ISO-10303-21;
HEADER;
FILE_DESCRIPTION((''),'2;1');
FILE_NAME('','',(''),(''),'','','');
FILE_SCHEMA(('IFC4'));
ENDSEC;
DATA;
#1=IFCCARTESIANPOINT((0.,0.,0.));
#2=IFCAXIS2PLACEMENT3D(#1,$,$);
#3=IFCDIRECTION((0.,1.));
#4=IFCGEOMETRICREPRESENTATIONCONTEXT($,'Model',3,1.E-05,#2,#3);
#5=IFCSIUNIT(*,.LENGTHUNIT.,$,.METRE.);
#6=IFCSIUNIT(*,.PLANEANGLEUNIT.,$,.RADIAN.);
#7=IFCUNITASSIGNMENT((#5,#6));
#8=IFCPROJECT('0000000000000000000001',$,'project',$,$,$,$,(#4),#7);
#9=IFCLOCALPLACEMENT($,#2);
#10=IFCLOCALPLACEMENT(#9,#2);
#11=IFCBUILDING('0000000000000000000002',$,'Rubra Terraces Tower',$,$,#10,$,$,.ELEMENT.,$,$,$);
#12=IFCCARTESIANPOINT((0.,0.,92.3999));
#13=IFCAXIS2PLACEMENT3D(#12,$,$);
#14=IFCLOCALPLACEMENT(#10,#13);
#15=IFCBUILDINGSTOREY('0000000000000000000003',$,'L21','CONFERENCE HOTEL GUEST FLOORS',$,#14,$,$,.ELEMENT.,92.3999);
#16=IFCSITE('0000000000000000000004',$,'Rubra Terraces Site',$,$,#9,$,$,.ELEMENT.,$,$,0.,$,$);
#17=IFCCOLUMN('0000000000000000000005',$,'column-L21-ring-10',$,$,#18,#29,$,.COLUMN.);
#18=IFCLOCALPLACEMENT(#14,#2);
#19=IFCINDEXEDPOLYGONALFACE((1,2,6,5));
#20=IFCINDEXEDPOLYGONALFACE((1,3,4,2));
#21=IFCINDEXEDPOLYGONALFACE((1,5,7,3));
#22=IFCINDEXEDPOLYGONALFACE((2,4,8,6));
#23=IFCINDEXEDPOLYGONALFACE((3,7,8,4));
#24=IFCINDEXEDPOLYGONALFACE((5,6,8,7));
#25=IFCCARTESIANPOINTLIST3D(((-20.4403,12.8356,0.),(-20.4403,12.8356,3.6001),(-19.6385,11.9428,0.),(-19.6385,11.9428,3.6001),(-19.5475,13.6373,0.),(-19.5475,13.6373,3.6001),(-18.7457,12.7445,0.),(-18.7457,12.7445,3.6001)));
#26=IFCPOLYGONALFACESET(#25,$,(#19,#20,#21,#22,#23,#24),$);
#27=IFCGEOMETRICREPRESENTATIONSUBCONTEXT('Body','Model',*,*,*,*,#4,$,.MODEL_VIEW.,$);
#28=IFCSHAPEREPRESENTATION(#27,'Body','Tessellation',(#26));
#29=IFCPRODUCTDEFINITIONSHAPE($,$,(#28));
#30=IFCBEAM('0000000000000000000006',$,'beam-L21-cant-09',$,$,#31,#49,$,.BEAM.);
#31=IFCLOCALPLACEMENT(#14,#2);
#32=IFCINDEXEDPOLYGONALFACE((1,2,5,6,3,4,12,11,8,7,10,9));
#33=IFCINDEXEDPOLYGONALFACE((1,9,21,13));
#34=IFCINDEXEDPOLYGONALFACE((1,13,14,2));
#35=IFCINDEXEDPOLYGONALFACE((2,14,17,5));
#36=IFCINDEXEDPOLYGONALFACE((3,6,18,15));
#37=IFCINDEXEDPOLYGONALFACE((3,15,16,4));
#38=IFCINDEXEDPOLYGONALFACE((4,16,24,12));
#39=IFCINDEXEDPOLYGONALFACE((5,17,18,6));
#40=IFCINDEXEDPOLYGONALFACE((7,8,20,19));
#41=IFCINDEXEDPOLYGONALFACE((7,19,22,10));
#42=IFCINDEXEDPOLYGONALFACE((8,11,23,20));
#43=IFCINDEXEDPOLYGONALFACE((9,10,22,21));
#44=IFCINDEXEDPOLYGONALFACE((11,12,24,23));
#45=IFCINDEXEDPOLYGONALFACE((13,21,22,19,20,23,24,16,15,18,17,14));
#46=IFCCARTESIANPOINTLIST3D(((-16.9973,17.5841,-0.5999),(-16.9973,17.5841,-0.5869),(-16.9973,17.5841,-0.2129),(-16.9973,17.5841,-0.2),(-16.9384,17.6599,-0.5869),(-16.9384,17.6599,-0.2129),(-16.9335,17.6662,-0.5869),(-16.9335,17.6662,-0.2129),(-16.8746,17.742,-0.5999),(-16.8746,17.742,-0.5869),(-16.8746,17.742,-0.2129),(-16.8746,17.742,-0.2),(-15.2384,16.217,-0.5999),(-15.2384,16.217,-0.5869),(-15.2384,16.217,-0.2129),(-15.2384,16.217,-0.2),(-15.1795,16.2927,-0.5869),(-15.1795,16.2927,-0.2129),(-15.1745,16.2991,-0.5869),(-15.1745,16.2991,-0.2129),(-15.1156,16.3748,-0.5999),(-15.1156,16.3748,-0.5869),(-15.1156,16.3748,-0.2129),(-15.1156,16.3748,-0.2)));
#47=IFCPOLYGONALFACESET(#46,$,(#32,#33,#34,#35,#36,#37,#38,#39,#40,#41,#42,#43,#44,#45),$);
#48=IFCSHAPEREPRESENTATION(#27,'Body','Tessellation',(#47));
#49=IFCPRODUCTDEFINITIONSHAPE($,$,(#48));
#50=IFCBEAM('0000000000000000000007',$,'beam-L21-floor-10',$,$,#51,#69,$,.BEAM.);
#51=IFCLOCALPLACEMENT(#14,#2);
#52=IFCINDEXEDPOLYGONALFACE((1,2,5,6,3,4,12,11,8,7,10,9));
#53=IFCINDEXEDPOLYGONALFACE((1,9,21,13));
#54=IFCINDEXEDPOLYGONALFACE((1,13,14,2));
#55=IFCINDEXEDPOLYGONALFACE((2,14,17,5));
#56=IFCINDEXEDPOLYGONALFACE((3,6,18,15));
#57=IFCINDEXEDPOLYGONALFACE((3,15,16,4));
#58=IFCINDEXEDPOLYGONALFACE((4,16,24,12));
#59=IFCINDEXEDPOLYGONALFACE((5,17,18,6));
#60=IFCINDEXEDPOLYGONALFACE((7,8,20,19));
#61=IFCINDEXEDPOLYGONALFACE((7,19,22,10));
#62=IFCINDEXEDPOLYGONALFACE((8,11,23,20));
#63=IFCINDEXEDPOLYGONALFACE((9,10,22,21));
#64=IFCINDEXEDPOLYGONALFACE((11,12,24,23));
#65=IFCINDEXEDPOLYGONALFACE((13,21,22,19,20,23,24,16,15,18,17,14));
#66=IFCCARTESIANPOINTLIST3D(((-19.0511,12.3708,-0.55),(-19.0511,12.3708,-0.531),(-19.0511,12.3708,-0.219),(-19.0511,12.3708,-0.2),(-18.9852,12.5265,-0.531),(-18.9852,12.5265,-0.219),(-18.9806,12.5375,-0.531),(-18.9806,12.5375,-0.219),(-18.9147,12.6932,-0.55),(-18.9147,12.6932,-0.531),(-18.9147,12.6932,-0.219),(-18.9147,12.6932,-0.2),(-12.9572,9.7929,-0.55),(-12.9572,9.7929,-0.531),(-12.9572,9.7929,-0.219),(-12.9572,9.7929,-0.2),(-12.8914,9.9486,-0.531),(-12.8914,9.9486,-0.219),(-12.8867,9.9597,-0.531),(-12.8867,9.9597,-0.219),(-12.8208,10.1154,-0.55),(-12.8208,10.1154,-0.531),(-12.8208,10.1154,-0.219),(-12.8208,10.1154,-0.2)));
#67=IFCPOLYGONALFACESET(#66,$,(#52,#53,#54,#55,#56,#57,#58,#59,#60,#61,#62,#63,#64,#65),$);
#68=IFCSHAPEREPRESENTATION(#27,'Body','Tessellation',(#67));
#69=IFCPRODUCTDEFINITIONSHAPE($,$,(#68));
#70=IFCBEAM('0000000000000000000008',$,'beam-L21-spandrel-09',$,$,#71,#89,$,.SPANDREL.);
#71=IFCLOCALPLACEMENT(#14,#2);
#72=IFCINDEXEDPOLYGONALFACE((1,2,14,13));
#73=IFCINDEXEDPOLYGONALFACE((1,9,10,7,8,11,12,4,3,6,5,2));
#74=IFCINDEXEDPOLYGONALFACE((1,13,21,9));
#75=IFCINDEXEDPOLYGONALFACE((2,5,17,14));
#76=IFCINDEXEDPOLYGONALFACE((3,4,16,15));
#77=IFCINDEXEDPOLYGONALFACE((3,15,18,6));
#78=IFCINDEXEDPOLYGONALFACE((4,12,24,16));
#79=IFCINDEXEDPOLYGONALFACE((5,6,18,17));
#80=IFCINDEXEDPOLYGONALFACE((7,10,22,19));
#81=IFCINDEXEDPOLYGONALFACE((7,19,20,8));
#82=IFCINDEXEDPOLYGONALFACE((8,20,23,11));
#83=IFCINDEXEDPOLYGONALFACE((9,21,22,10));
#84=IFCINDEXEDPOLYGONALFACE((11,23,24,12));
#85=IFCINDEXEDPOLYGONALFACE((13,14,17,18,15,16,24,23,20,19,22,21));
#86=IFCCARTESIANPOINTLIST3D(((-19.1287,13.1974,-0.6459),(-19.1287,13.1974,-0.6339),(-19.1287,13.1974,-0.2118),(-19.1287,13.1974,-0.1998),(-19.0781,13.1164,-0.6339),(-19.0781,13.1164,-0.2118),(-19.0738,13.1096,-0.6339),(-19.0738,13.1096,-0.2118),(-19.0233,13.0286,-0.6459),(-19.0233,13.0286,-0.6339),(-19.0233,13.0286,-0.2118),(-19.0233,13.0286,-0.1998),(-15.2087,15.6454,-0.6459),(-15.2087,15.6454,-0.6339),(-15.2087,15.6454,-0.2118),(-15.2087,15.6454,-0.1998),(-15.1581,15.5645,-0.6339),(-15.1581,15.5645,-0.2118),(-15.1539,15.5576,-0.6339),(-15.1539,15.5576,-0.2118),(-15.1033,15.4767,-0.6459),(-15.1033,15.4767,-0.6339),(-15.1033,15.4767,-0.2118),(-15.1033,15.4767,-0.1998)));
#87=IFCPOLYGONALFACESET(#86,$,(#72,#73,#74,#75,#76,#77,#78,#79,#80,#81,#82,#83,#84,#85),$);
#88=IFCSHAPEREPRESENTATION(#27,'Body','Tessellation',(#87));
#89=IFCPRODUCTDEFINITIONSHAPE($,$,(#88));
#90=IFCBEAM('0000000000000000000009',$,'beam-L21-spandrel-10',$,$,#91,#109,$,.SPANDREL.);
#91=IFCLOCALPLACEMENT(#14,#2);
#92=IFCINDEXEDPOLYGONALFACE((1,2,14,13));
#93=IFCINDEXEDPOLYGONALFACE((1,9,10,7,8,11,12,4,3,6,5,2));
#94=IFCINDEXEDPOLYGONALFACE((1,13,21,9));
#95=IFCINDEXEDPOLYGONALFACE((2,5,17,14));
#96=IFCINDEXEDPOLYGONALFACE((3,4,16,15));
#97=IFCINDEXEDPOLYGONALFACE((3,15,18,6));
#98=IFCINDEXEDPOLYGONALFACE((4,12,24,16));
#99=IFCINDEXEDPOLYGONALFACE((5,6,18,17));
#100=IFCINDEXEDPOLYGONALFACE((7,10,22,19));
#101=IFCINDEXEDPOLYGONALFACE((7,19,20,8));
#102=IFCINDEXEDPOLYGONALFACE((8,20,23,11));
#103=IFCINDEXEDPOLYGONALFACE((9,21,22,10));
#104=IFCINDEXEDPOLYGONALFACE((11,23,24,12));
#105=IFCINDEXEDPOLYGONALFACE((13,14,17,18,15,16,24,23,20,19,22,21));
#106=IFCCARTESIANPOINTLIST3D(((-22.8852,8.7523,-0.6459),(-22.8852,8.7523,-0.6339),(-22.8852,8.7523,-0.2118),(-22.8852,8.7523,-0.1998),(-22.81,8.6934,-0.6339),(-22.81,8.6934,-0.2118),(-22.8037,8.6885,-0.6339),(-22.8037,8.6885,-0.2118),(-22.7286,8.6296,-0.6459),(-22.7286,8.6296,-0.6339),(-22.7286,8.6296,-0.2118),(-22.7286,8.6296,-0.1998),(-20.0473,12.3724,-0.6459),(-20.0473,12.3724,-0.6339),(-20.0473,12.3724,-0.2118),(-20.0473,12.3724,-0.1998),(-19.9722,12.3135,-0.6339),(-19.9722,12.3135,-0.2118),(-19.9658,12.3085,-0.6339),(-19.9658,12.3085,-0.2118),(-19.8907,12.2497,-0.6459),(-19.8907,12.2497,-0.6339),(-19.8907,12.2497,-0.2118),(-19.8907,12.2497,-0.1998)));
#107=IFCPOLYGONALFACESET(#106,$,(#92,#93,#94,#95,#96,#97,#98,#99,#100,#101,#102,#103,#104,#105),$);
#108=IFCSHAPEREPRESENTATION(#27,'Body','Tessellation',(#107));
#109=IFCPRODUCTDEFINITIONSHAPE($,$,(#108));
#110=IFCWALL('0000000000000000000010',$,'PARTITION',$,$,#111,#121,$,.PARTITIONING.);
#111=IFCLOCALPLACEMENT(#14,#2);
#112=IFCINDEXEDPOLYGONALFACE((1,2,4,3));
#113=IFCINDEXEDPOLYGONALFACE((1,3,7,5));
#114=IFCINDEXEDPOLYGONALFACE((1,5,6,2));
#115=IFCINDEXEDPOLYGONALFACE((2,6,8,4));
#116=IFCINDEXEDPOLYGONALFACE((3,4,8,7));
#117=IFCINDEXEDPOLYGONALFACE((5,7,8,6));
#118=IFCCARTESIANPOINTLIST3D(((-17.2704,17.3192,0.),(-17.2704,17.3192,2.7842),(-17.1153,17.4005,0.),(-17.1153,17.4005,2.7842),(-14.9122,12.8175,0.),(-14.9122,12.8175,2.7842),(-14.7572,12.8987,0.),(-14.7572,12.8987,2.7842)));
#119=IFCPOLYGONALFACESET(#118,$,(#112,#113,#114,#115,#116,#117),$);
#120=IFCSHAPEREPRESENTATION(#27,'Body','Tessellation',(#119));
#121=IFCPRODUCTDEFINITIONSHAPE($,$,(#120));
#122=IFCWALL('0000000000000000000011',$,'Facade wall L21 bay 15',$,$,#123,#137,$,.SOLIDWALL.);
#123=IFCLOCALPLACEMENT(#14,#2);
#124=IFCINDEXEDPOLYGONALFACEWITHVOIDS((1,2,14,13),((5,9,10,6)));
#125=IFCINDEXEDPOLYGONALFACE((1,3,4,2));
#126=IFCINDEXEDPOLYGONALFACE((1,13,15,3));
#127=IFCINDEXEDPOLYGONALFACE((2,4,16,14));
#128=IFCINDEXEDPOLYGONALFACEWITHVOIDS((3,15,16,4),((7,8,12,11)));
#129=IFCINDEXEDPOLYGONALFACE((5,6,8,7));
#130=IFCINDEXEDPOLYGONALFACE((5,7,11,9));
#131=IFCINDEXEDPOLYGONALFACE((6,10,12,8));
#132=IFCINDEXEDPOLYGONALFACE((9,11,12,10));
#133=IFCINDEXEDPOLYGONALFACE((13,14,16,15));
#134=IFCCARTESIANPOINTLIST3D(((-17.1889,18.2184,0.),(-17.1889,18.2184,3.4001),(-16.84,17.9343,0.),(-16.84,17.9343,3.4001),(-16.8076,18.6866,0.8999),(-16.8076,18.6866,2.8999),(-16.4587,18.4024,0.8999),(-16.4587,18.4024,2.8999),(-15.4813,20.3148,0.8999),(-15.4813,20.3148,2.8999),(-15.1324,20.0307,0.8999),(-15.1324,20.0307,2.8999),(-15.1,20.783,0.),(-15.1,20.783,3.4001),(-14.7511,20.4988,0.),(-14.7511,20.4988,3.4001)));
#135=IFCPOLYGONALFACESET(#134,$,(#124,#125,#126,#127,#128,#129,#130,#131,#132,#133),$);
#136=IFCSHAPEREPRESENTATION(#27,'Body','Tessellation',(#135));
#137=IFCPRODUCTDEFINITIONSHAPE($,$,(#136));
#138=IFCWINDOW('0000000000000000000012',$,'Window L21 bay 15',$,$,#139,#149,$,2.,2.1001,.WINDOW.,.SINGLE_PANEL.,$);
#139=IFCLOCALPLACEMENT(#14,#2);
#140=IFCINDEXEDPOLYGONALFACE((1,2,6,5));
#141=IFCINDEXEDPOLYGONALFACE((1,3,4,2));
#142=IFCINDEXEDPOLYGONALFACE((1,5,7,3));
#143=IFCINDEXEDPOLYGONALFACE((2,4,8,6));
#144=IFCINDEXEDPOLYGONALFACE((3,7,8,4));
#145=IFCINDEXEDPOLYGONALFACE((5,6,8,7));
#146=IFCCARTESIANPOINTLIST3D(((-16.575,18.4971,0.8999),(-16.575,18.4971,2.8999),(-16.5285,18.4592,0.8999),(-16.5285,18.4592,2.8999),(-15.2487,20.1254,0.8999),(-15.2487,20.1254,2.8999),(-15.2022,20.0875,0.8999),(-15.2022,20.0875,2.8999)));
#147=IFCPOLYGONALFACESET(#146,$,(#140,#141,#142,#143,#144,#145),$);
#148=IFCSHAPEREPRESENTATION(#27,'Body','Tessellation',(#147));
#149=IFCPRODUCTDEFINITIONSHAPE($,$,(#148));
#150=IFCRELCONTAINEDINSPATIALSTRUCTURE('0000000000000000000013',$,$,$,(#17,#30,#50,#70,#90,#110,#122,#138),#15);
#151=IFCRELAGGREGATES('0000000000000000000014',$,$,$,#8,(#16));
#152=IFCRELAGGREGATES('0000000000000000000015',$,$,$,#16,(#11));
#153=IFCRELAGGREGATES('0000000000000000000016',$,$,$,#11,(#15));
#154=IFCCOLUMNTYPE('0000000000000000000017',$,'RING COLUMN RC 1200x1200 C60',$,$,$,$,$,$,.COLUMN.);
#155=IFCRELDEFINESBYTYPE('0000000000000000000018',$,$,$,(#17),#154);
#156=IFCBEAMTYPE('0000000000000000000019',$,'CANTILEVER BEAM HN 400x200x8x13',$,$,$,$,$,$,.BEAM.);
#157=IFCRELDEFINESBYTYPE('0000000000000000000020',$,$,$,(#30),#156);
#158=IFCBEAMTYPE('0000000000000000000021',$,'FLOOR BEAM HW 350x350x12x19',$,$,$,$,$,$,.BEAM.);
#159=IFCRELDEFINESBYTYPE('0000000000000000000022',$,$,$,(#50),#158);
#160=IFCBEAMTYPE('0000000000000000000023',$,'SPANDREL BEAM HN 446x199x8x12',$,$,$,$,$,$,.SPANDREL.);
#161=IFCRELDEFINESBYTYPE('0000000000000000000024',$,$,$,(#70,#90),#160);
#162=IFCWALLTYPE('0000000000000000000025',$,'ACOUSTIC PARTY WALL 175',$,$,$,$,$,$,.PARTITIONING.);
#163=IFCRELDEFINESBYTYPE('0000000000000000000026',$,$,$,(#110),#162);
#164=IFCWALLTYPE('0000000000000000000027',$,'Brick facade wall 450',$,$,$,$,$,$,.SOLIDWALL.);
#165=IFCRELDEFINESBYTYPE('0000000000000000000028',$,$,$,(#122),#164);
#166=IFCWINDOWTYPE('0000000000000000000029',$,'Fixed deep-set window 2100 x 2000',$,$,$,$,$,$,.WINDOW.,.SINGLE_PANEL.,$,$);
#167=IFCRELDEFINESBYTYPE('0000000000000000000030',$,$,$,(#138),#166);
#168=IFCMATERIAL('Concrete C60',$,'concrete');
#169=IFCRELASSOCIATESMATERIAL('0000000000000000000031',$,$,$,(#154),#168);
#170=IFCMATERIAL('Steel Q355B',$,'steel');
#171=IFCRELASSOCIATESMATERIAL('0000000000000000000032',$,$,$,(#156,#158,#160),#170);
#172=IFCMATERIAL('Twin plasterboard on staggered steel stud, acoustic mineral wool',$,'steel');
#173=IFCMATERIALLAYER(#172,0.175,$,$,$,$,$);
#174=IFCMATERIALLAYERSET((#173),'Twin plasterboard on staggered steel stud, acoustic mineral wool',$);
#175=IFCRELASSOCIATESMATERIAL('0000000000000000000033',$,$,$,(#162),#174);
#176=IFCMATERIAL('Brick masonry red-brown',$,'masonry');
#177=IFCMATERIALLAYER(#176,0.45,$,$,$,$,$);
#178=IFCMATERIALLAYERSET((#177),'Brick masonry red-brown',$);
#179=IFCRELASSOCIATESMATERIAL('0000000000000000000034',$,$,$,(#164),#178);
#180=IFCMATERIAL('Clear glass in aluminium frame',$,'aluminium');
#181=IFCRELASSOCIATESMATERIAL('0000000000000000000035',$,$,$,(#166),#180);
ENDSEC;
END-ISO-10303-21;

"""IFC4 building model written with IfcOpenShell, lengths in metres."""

from ifc_helpers import new_model, si_unit, direction, frame, frame_2d, origin, origin_2d, place, context, subcontext, project, spatial, rectangle, i_section, extrude, material, layer, layer_set, material_profile, profile_set, type_object, element, fill, save


model = new_model("IFC4")

# Units and contexts
model_context = context("Model", 3, precision=1e-05, world=origin(), true_north=direction((0.0, 1.0)))
body_context = subcontext(model_context, "Body", "Model", "MODEL_VIEW")
ifc_project = project(units=[si_unit("LENGTHUNIT", "METRE"), si_unit("PLANEANGLEUNIT", "RADIAN")], contexts=[model_context])

# Site, building, storey
site_placement = place(None, origin())
site = spatial("IfcSite", under=ifc_project, at=site_placement, Name="Rubra Terraces Site", CompositionType="ELEMENT", RefElevation=0.0)
building_placement = place(site_placement, origin())
building = spatial("IfcBuilding", under=site, at=building_placement, Name="Rubra Terraces Tower", CompositionType="ELEMENT")
storey_placement = place(building_placement, frame((0.0, 0.0, 92.3999)))
storey = spatial("IfcBuildingStorey", under=building, at=storey_placement, Name="L21", Description="CONFERENCE HOTEL GUEST FLOORS", CompositionType="ELEMENT", Elevation=92.3999)

# Column
ifc_material_1 = material(Name="Concrete C60", Category="concrete")
ifc_material_profile_1 = material_profile(ifc_material_1, rectangle(XDim=1.2, YDim=1.2, at=origin_2d()), Name="RC 1200x1200")
ifc_profile_set_1 = profile_set([ifc_material_profile_1], Name="Concrete C60")
column_type = type_object("IfcColumnType", Name="RING COLUMN RC 1200x1200 C60", PredefinedType="COLUMN", material=ifc_profile_set_1)
column_placement = place(storey_placement, frame((-19.593, 12.79, 0.0), z_axis=(0.0, 0.0, 1.0), x_axis=(-0.744021, -0.668156, 0.0)))
element("IfcColumn", 1, at=column_placement, inside=storey, type_object=column_type, Name="column-L21-ring-10", PredefinedType="COLUMN", context=body_context, shape_type="SweptSolid", body=[
    extrude(rectangle(XDim=1.2, YDim=1.2, at=origin_2d()), origin(), (0.0, 0.0, 1.0), 3.6001),
])

# Beams
ifc_material_2 = material(Name="Steel Q355B", Category="steel")
ifc_material_profile_2 = material_profile(ifc_material_2, i_section(OverallWidth=0.2, OverallDepth=0.3999, WebThickness=0.0081, FlangeThickness=0.0129, at=origin_2d()), Name="HN 400x200x8x13")
ifc_profile_set_2 = profile_set([ifc_material_profile_2], Name="Steel Q355B")
beam_type_1 = type_object("IfcBeamType", Name="CANTILEVER BEAM HN 400x200x8x13", PredefinedType="BEAM", material=ifc_profile_set_2)
beam_1_placement = place(storey_placement, frame((-15.177, 16.2959, -0.3999), z_axis=(-0.789559, 0.613675, 0.0), x_axis=(-0.613675, -0.789559, 0.0)))
element("IfcBeam", 2, at=beam_1_placement, inside=storey, type_object=beam_type_1, Name="beam-L21-cant-09", PredefinedType="BEAM", context=body_context, shape_type="SweptSolid", body=[
    extrude(i_section(OverallWidth=0.2, OverallDepth=0.3999, WebThickness=0.0081, FlangeThickness=0.0129, at=origin_2d()), origin(), (0.0, 0.0, 1.0), 2.2278),
])
ifc_material_profile_3 = material_profile(ifc_material_2, i_section(OverallWidth=0.3501, OverallDepth=0.3501, WebThickness=0.012, FlangeThickness=0.019, at=origin_2d()), Name="HW 350x350x12x19")
ifc_profile_set_3 = profile_set([ifc_material_profile_3], Name="Steel Q355B")
beam_type_2 = type_object("IfcBeamType", Name="FLOOR BEAM HW 350x350x12x19", PredefinedType="BEAM", material=ifc_profile_set_3)
beam_2_placement = place(storey_placement, frame((-18.9829, 12.532, -0.375), z_axis=(0.920986, -0.389595, 0.0), x_axis=(0.389595, 0.920986, 0.0)))
element("IfcBeam", 3, at=beam_2_placement, inside=storey, type_object=beam_type_2, Name="beam-L21-floor-10", PredefinedType="BEAM", context=body_context, shape_type="SweptSolid", body=[
    extrude(i_section(OverallWidth=0.3501, OverallDepth=0.3501, WebThickness=0.012, FlangeThickness=0.019, at=origin_2d()), origin(), (0.0, 0.0, 1.0), 6.6167),
])
ifc_material_profile_4 = material_profile(ifc_material_2, i_section(OverallWidth=0.199, OverallDepth=0.446, WebThickness=0.0081, FlangeThickness=0.012, at=origin_2d()), Name="HN 446x199x8x12")
ifc_profile_set_4 = profile_set([ifc_material_profile_4], Name="Steel Q355B")
beam_type_3 = type_object("IfcBeamType", Name="SPANDREL BEAM HN 446x199x8x12", PredefinedType="SPANDREL", material=ifc_profile_set_4)
beam_3_placement = place(storey_placement, frame((-15.156, 15.561, -0.4229), z_axis=(-0.848188, -0.529695, 0.0), x_axis=(0.529695, -0.848188, 0.0)))
element("IfcBeam", 4, at=beam_3_placement, inside=storey, type_object=beam_type_3, Name="beam-L21-spandrel-09", PredefinedType="SPANDREL", context=body_context, shape_type="SweptSolid", body=[
    extrude(i_section(OverallWidth=0.199, OverallDepth=0.446, WebThickness=0.0081, FlangeThickness=0.012, at=origin_2d()), origin(), (0.0, 0.0, 1.0), 4.6216),
])
beam_4_placement = place(storey_placement, frame((-19.969, 12.311, -0.4229), z_axis=(-0.616949, -0.787003, 0.0), x_axis=(0.787003, -0.616949, 0.0)))
element("IfcBeam", 5, at=beam_4_placement, inside=storey, type_object=beam_type_3, Name="beam-L21-spandrel-10", PredefinedType="SPANDREL", context=body_context, shape_type="SweptSolid", body=[
    extrude(i_section(OverallWidth=0.199, OverallDepth=0.446, WebThickness=0.0081, FlangeThickness=0.012, at=origin_2d()), origin(), (0.0, 0.0, 1.0), 4.5999),
])

# Wall
ifc_material_3 = material(Name="Twin plasterboard on staggered steel stud, acoustic mineral wool", Category="steel")
ifc_layer_1 = layer(ifc_material_3, 0.175)
ifc_layer_set_1 = layer_set([ifc_layer_1], Name="Twin plasterboard on staggered steel stud, acoustic mineral wool")
wall_type_1 = type_object("IfcWallType", Name="ACOUSTIC PARTY WALL 175", PredefinedType="PARTITIONING", material=ifc_layer_set_1)
wall_1_placement = place(storey_placement, frame((-17.1929, 17.3599, 0.0), z_axis=(0.0, 0.0, 1.0), x_axis=(0.464025, -0.885822, 0.0)))
element("IfcWall", 6, at=wall_1_placement, inside=storey, type_object=wall_type_1, Name="PARTITION", PredefinedType="PARTITIONING", context=body_context, shape_type="SweptSolid", body=[
    extrude(rectangle(XDim=5.082, YDim=0.175, at=frame_2d((2.541, 0.0))), origin(), (0.0, 0.0, 1.0), 2.7842),
])

# Wall, opening, window
ifc_material_4 = material(Name="Brick masonry red-brown", Category="masonry")
ifc_layer_2 = layer(ifc_material_4, 0.45)
ifc_layer_set_2 = layer_set([ifc_layer_2], Name="Brick masonry red-brown")
wall_type_2 = type_object("IfcWallType", Name="Brick facade wall 450", PredefinedType="SOLIDWALL", material=ifc_layer_set_2)
wall_2_placement = place(storey_placement, frame((-14.9255, 20.6409, 0.0), z_axis=(0.0, 0.0, 1.0), x_axis=(-0.631548, -0.775337, 0.0)))
wall_2 = element("IfcWall", 7, at=wall_2_placement, inside=storey, type_object=wall_type_2, Name="Facade wall L21 bay 15", PredefinedType="SOLIDWALL", context=body_context, shape_type="SweptSolid", body=[
    extrude(rectangle(XDim=3.3076, YDim=0.45, at=frame_2d((1.6538, 0.0))), origin(), (0.0, 0.0, 1.0), 3.4001),
])
opening_1_placement = place(wall_2_placement, frame((0.6038, 0.0, 0.8999)))
opening_1 = element("IfcOpeningElement", 8, at=opening_1_placement, cuts=wall_2, PredefinedType="OPENING", context=body_context, shape_type="SweptSolid", body=[
    extrude(rectangle(XDim=2.1001, YDim=2.0, at=frame_2d((1.05, 1.0))), frame((0.0, 0.2349, 0.0), z_axis=(0.0, -1.0, 0.0), x_axis=(1.0, 0.0, 0.0)), (0.0, 0.0, 1.0), 0.47),
])
ifc_material_5 = material(Name="Clear glass in aluminium frame", Category="aluminium")
window_type_1 = type_object("IfcWindowType", Name="Fixed deep-set window 2100 x 2000", PartitioningType="SINGLE_PANEL", PredefinedType="WINDOW", material=ifc_material_5)
window_1_placement = place(opening_1_placement, origin())
window_1 = element("IfcWindow", 9, at=window_1_placement, inside=storey, type_object=window_type_1, Name="Window L21 bay 15", OverallHeight=2.0, OverallWidth=2.1001, PartitioningType="SINGLE_PANEL", PredefinedType="WINDOW", context=body_context, shape_type="SweptSolid", body=[
    extrude(rectangle(XDim=2.1001, YDim=2.0, at=frame_2d((1.05, 1.0))), frame((0.0, 0.135, 0.0), z_axis=(0.0, -1.0, 0.0), x_axis=(1.0, 0.0, 0.0)), (0.0, 0.0, 1.0), 0.0601),
])
fill(opening_1, window_1)

save(model, "model.ifc")
